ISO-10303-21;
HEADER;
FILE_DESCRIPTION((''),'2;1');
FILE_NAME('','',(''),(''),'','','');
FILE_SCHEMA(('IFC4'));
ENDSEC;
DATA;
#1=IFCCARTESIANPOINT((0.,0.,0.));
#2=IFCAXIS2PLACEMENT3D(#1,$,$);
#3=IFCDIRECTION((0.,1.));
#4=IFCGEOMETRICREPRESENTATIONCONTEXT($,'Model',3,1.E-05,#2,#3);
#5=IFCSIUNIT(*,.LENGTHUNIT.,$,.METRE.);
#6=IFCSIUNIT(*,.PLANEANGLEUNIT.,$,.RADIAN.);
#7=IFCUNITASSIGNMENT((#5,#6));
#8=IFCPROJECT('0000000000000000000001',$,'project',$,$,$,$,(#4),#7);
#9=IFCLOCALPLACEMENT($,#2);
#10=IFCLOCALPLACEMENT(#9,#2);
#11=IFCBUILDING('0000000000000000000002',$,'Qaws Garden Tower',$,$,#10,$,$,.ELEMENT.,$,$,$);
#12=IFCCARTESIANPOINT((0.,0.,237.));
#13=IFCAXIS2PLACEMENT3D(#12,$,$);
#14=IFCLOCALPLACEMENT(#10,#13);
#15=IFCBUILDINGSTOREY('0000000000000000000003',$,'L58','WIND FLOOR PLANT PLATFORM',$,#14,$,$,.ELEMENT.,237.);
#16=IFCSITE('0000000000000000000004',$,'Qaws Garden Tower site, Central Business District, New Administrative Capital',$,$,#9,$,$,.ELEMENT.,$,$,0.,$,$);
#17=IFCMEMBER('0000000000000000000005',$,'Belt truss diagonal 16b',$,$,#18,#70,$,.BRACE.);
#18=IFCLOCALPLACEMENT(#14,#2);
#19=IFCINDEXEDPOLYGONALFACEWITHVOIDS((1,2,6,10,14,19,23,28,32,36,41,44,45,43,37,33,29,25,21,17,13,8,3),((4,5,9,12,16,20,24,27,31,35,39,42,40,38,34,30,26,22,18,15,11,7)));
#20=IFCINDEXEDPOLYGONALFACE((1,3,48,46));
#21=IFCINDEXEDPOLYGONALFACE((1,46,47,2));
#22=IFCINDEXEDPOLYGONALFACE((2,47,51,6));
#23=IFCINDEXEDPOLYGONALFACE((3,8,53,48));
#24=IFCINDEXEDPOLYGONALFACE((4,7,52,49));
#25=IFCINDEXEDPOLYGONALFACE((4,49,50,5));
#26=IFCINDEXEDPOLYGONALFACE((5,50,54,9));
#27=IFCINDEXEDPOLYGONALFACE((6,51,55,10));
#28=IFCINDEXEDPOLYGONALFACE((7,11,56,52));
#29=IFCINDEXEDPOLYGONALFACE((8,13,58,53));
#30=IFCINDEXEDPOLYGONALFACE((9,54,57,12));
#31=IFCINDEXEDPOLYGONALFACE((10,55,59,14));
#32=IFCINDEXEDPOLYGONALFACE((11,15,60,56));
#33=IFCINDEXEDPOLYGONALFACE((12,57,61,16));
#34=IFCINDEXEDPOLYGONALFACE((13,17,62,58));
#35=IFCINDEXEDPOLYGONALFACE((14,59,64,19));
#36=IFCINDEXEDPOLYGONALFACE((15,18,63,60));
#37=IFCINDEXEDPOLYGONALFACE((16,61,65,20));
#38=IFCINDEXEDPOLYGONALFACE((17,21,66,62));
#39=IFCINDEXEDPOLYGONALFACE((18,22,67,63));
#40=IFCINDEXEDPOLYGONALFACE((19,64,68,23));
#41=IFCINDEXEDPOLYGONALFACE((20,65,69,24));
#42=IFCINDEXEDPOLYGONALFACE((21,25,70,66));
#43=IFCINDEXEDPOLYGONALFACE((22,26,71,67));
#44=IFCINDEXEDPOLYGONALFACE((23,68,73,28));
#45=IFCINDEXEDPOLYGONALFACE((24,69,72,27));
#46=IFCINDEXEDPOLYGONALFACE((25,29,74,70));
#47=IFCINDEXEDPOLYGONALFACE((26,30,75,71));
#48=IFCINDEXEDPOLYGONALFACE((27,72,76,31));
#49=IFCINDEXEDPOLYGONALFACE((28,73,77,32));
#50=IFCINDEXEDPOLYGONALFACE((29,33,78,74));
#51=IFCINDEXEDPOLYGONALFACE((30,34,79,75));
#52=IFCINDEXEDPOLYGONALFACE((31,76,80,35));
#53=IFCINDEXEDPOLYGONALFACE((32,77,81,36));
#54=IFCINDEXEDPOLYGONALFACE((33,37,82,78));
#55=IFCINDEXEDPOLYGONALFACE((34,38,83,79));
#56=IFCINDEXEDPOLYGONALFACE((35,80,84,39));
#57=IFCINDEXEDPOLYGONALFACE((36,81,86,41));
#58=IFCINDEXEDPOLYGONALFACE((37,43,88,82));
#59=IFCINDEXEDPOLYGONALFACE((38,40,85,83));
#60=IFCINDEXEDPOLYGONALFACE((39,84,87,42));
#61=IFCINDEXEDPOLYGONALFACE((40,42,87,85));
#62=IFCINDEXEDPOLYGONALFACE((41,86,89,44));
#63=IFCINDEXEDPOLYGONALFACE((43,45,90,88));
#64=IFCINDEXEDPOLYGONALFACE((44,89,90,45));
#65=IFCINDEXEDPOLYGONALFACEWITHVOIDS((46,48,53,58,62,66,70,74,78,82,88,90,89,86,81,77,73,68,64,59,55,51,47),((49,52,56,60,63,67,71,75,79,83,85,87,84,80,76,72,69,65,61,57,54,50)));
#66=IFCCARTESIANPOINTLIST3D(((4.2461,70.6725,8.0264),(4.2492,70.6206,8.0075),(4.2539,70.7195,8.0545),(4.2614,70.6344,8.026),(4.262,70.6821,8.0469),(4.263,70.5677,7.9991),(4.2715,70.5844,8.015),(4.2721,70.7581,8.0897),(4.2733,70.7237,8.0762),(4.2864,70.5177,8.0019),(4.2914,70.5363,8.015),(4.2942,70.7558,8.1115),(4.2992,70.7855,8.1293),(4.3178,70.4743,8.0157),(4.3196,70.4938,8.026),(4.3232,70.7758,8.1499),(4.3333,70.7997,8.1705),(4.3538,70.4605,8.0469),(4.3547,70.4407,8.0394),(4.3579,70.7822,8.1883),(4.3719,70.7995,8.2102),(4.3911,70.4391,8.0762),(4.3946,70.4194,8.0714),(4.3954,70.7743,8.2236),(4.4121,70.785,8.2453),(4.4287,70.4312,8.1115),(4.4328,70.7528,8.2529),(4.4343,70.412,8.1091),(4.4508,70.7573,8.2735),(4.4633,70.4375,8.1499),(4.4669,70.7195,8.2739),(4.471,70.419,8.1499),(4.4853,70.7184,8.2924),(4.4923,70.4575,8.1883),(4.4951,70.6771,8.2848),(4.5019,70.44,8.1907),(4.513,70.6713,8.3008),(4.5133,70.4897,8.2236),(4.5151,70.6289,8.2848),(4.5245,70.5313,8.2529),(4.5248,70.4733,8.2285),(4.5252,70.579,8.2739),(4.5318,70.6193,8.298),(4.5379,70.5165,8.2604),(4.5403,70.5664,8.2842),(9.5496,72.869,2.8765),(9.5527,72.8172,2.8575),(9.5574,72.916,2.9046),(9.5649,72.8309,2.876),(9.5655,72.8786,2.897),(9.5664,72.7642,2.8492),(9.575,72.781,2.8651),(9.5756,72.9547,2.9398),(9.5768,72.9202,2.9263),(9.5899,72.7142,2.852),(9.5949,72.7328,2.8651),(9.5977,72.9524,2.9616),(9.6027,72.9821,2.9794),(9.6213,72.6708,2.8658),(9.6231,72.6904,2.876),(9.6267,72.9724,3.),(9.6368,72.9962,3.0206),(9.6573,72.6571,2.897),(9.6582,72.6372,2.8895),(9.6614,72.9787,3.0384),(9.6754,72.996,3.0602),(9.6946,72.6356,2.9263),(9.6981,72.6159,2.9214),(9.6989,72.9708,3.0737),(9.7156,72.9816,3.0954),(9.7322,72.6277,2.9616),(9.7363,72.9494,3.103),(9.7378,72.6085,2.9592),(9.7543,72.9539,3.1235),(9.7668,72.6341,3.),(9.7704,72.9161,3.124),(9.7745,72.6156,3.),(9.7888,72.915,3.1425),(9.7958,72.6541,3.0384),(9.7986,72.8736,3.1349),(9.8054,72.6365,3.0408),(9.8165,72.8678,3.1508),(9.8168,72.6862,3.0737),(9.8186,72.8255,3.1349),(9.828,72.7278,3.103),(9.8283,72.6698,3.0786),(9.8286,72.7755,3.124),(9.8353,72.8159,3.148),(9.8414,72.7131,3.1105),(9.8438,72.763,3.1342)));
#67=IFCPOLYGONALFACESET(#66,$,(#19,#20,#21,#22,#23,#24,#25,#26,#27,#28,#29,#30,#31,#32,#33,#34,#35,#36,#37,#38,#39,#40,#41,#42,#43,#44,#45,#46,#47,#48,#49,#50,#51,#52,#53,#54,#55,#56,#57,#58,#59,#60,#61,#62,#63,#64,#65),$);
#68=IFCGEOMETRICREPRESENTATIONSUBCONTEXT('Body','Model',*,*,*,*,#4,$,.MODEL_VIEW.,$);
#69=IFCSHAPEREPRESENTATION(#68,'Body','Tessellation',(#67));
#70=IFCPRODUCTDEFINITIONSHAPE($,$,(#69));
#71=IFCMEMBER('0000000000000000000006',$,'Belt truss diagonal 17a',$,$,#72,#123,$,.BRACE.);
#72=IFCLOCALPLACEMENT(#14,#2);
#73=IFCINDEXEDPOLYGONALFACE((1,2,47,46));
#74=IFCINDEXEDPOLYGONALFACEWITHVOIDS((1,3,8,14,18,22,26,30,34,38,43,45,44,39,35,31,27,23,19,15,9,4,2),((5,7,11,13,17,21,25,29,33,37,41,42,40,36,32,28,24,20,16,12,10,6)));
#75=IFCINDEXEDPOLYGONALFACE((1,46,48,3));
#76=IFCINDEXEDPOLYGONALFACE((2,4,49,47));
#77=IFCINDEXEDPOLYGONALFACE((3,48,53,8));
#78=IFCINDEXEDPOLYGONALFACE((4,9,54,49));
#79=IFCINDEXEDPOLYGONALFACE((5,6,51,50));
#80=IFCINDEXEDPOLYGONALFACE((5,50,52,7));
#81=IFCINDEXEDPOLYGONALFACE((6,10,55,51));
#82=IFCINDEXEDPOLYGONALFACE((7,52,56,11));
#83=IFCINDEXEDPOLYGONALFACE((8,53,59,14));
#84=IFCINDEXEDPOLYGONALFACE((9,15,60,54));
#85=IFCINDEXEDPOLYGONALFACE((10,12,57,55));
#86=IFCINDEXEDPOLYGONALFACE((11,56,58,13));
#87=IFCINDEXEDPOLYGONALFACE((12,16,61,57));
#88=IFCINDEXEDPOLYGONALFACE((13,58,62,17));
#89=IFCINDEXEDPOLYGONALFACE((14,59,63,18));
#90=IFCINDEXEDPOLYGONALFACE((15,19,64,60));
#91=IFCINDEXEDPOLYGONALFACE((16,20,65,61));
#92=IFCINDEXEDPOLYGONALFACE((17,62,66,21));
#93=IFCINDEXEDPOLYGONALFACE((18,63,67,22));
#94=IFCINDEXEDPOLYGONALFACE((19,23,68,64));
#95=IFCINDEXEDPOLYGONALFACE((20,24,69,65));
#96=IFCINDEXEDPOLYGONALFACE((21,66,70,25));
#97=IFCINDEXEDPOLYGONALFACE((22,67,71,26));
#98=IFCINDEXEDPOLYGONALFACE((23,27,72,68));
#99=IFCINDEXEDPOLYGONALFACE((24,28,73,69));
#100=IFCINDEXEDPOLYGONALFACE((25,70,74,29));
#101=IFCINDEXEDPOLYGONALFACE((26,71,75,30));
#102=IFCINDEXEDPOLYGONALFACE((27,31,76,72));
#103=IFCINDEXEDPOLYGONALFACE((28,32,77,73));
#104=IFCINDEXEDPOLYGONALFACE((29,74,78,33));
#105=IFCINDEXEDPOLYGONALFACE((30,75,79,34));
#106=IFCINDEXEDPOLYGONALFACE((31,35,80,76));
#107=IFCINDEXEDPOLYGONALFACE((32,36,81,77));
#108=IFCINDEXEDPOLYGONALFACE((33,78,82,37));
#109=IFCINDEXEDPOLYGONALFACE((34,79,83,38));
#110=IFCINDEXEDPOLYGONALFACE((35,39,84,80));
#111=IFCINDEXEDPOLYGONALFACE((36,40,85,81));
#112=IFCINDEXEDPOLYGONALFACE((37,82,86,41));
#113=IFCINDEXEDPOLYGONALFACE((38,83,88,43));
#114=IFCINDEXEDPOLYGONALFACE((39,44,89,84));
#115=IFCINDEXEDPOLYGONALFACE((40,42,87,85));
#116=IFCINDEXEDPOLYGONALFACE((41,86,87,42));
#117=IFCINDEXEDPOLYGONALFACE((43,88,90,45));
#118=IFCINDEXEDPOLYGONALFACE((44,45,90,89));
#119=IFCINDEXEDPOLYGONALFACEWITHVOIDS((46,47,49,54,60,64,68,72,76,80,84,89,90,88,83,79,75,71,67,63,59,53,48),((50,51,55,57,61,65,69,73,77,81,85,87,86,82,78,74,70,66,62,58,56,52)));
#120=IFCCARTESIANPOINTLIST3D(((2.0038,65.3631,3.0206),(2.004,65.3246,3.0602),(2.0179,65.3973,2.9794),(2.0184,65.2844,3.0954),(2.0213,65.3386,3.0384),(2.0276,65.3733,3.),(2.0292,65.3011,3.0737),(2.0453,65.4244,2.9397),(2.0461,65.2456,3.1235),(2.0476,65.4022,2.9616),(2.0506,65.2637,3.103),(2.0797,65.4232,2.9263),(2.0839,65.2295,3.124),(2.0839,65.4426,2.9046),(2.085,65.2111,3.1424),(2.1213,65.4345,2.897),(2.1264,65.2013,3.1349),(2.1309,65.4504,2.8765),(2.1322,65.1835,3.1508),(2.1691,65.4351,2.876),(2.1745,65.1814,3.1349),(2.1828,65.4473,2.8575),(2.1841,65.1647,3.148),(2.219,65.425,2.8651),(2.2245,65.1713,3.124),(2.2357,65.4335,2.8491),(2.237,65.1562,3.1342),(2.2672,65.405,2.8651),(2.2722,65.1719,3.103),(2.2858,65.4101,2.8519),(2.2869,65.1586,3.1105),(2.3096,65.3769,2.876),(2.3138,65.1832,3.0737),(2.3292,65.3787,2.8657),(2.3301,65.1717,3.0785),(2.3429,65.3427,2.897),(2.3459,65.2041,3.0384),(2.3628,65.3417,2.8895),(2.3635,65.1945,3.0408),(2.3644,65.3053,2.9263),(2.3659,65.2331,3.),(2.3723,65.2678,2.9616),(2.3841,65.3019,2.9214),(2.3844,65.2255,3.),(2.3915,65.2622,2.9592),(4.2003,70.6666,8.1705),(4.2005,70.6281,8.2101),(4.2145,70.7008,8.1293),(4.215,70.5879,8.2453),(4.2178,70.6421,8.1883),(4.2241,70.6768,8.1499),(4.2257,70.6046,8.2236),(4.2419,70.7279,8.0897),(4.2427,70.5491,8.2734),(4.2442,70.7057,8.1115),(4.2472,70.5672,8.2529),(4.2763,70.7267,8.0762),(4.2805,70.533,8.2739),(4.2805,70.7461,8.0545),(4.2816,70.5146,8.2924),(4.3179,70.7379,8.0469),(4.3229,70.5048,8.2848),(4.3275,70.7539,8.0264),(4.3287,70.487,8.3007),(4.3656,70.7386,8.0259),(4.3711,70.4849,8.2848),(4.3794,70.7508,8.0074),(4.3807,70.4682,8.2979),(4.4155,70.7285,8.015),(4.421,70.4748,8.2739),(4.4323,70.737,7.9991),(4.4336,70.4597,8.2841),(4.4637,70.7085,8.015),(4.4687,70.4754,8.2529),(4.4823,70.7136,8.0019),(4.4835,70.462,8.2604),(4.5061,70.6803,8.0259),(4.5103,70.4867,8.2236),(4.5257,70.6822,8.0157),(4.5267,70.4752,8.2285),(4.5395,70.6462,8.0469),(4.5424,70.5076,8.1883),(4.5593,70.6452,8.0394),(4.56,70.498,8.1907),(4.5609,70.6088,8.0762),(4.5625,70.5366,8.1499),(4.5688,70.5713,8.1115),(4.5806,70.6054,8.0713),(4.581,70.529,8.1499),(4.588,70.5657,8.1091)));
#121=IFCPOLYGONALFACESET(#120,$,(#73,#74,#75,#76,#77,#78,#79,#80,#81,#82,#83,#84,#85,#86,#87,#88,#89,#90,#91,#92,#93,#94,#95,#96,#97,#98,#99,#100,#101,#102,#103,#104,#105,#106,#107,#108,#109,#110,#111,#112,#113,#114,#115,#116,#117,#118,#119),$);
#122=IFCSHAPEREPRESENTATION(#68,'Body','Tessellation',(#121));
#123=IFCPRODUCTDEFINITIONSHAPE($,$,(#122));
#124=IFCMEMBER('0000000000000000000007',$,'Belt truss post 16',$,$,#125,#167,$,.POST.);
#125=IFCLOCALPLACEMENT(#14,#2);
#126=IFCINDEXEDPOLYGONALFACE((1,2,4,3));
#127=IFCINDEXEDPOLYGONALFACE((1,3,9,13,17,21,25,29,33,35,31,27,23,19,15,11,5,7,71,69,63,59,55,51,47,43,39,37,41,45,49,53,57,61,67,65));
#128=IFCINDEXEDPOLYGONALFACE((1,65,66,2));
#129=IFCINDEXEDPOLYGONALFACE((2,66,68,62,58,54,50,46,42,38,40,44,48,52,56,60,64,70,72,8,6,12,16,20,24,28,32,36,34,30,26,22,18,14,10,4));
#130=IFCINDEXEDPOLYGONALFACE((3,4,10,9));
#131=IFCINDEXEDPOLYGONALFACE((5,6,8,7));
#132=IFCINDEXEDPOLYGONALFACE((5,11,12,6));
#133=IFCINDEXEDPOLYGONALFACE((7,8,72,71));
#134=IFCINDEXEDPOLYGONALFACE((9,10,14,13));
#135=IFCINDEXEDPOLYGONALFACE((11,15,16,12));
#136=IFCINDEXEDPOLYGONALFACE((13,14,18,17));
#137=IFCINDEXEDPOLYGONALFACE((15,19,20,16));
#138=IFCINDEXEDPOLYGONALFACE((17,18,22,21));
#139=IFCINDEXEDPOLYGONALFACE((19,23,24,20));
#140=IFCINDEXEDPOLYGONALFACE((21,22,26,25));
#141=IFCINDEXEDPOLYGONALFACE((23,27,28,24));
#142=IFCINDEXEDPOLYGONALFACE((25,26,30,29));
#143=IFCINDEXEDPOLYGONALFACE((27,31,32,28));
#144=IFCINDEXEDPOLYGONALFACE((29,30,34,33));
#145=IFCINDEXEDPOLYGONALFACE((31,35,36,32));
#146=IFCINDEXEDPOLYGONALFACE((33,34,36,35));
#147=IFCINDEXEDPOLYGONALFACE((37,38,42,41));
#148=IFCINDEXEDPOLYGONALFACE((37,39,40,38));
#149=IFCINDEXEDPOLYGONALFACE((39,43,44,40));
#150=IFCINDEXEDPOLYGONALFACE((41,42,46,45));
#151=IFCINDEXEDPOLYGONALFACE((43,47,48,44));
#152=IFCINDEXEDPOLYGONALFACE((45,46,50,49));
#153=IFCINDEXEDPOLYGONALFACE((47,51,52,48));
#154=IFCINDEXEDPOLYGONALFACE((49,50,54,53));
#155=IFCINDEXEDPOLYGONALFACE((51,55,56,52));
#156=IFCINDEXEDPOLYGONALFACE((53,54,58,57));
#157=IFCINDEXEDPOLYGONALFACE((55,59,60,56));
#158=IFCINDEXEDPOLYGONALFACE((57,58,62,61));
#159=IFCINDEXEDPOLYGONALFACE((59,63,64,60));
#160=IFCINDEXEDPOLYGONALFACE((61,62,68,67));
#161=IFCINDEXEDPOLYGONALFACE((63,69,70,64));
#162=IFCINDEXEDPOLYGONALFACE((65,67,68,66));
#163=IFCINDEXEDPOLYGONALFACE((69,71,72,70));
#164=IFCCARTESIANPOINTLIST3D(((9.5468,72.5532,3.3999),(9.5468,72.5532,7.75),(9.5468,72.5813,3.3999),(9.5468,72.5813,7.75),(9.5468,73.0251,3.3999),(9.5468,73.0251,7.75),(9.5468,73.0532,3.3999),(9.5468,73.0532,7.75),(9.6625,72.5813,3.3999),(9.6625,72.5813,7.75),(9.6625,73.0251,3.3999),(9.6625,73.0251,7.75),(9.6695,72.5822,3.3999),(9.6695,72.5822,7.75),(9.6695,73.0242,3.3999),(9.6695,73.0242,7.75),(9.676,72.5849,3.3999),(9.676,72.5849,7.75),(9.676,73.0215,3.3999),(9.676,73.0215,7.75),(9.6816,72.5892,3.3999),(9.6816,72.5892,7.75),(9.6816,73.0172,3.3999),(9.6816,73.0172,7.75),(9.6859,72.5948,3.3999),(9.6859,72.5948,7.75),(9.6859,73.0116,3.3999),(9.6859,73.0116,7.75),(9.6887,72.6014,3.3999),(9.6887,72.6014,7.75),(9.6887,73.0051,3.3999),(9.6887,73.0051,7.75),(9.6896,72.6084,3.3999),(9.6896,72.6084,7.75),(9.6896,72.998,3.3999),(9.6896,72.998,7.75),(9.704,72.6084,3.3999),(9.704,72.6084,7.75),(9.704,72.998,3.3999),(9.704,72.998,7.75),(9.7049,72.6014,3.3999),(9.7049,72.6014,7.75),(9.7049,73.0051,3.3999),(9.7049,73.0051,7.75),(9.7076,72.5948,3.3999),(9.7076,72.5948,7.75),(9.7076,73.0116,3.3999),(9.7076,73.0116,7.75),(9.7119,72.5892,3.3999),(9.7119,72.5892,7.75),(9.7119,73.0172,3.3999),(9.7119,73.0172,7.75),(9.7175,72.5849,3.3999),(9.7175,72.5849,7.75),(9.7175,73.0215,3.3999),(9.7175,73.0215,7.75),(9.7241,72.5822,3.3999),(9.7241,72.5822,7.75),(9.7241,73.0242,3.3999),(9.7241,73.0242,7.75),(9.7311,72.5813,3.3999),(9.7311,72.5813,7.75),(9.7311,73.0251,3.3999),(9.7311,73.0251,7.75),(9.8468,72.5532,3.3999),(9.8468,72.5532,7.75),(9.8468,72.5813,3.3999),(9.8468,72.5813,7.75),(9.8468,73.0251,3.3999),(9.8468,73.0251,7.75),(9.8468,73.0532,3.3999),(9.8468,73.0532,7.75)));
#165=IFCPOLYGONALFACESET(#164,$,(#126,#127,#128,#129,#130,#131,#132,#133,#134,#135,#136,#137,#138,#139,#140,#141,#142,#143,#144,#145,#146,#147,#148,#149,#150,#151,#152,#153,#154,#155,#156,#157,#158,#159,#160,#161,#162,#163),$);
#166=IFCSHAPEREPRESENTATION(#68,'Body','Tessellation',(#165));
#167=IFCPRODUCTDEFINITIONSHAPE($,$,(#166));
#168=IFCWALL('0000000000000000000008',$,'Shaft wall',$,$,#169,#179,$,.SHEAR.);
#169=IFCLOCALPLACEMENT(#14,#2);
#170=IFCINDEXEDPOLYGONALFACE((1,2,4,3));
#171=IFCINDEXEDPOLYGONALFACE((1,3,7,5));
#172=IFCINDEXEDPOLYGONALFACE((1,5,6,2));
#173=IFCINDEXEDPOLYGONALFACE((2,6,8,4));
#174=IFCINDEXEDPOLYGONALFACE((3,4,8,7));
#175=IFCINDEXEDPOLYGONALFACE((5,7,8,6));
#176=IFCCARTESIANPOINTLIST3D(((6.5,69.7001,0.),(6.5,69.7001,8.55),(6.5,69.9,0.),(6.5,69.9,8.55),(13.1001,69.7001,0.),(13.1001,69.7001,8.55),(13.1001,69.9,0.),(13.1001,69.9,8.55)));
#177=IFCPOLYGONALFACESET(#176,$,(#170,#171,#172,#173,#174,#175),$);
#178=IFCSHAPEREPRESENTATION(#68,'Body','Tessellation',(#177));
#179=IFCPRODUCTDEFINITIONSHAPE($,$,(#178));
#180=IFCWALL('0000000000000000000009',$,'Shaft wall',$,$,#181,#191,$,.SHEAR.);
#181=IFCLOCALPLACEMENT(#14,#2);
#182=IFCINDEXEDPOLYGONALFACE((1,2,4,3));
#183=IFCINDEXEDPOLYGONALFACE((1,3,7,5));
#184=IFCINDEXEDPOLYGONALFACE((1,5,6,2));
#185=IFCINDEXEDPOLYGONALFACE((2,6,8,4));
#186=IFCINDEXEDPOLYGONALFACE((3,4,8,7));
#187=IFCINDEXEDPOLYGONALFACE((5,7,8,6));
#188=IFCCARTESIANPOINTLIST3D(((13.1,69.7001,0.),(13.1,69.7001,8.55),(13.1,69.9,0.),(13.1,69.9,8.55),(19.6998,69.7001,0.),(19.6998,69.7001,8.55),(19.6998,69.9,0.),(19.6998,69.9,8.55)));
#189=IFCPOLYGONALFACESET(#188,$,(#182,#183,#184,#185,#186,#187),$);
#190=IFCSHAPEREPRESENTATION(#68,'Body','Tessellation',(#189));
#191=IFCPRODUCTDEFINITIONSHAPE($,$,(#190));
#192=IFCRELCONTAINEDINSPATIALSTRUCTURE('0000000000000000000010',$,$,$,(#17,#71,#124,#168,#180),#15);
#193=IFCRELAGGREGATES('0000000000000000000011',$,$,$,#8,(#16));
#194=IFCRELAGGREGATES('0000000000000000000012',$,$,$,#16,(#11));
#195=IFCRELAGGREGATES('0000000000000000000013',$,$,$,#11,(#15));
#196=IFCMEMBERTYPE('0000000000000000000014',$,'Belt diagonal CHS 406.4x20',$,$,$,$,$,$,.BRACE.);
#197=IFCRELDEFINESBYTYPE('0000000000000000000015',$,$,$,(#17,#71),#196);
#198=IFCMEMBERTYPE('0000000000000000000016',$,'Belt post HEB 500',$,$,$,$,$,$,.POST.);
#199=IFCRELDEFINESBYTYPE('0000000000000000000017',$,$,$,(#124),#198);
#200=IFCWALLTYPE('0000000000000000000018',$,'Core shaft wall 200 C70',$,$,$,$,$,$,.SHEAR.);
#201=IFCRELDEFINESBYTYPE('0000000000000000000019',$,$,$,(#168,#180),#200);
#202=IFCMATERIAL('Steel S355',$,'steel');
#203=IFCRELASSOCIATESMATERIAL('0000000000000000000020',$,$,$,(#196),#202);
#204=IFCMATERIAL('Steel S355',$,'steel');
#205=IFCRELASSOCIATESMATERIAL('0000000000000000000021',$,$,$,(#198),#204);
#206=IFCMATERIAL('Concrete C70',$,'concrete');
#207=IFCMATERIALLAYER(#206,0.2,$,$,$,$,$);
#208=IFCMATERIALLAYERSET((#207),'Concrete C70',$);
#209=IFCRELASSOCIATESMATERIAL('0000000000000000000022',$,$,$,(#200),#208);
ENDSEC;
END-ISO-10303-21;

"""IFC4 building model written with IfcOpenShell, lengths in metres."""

from ifc_helpers import new_model, si_unit, direction, frame, frame_2d, origin, origin_2d, place, context, subcontext, project, spatial, rectangle, hollow_circle, i_section, extrude, material, layer, layer_set, material_profile, profile_set, type_object, element, save


model = new_model("IFC4")

# Units and contexts
model_context = context("Model", 3, precision=1e-05, world=origin(), true_north=direction((0.0, 1.0)))
body_context = subcontext(model_context, "Body", "Model", "MODEL_VIEW")
ifc_project = project(units=[si_unit("LENGTHUNIT", "METRE"), si_unit("PLANEANGLEUNIT", "RADIAN")], contexts=[model_context])

# Site, building, storey
site_placement = place(None, origin())
site = spatial("IfcSite", under=ifc_project, at=site_placement, Name="Qaws Garden Tower site, Central Business District, New Administrative Capital", CompositionType="ELEMENT", RefElevation=0.0)
building_placement = place(site_placement, origin())
building = spatial("IfcBuilding", under=site, at=building_placement, Name="Qaws Garden Tower", CompositionType="ELEMENT")
storey_placement = place(building_placement, frame((0.0, 0.0, 237.0)))
storey = spatial("IfcBuildingStorey", under=building, at=storey_placement, Name="L58", Description="WIND FLOOR PLANT PLATFORM", CompositionType="ELEMENT", Elevation=237.0)

# Members
ifc_material_1 = material(Name="Steel S355", Category="steel")
ifc_material_profile_1 = material_profile(ifc_material_1, hollow_circle(Radius=0.2031, WallThickness=0.02, at=origin_2d()), Name="CHS 406.4x20")
ifc_profile_set_1 = profile_set([ifc_material_profile_1], Name="Steel S355")
member_type_1 = type_object("IfcMemberType", Name="Belt diagonal CHS 406.4x20", PredefinedType="BRACE", material=ifc_profile_set_1)
for number, where, z_axis, x_axis, name in (
    (1, (9.6968, 72.8032, 3.0), (-0.687701, -0.284825, 0.667789), (0.382649, -0.923894, 0.0), "Belt truss diagonal 16b"),
    (2, (4.3933, 70.6067, 8.1499), (-0.284825, -0.687701, -0.667789), (0.923894, -0.382649, 0.0), "Belt truss diagonal 17a"),
):
    element("IfcMember", number, at=place(storey_placement, frame(where, z_axis=z_axis, x_axis=x_axis)), inside=storey, type_object=member_type_1, Name=name, PredefinedType="BRACE", context=body_context, shape_type="SweptSolid", body=[
        extrude(hollow_circle(Radius=0.2031, WallThickness=0.02, at=origin_2d()), origin(), (0.0, 0.0, 1.0), 7.7119),
    ])
ifc_material_2 = material(Name="Steel S355", Category="steel")
ifc_material_profile_2 = material_profile(ifc_material_2, i_section(OverallWidth=0.3, OverallDepth=0.5, WebThickness=0.0144, FlangeThickness=0.0281, FilletRadius=0.0271, at=origin_2d()), Name="HEB 500")
ifc_profile_set_2 = profile_set([ifc_material_profile_2], Name="Steel S355")
member_type_2 = type_object("IfcMemberType", Name="Belt post HEB 500", PredefinedType="POST", material=ifc_profile_set_2)
placement_1 = place(storey_placement, frame((9.6968, 72.8032, 3.3999), z_axis=(0.0, 0.0, 1.0), x_axis=(1.0, 0.0, 0.0)))
element("IfcMember", 3, at=placement_1, inside=storey, type_object=member_type_2, Name="Belt truss post 16", PredefinedType="POST", context=body_context, shape_type="SweptSolid", body=[
    extrude(i_section(OverallWidth=0.3, OverallDepth=0.5, WebThickness=0.0144, FlangeThickness=0.0281, FilletRadius=0.0271, at=origin_2d()), origin(), (0.0, 0.0, 1.0), 4.3501),
])

# Walls
ifc_material_3 = material(Name="Concrete C70", Category="concrete")
ifc_layer = layer(ifc_material_3, 0.2)
ifc_layer_set = layer_set([ifc_layer], Name="Concrete C70")
wall_type = type_object("IfcWallType", Name="Core shaft wall 200 C70", PredefinedType="SHEAR", material=ifc_layer_set)
wall_1_placement = place(storey_placement, frame((6.5, 69.8, 0.0), z_axis=(0.0, 0.0, 1.0), x_axis=(1.0, 0.0, 0.0)))
element("IfcWall", 4, at=wall_1_placement, inside=storey, type_object=wall_type, Name="Shaft wall", PredefinedType="SHEAR", context=body_context, shape_type="SweptSolid", body=[
    extrude(rectangle(XDim=6.6001, YDim=0.2, at=frame_2d((3.3, 0.0))), origin(), (0.0, 0.0, 1.0), 8.55),
])
wall_2_placement = place(storey_placement, frame((13.1001, 69.8, 0.0), z_axis=(0.0, 0.0, 1.0), x_axis=(1.0, 0.0, 0.0)))
element("IfcWall", 5, at=wall_2_placement, inside=storey, type_object=wall_type, Name="Shaft wall", PredefinedType="SHEAR", context=body_context, shape_type="SweptSolid", body=[
    extrude(rectangle(XDim=6.5999, YDim=0.2, at=frame_2d((3.2998, 0.0))), origin(), (0.0, 0.0, 1.0), 8.55),
])

save(model, "model.ifc")
